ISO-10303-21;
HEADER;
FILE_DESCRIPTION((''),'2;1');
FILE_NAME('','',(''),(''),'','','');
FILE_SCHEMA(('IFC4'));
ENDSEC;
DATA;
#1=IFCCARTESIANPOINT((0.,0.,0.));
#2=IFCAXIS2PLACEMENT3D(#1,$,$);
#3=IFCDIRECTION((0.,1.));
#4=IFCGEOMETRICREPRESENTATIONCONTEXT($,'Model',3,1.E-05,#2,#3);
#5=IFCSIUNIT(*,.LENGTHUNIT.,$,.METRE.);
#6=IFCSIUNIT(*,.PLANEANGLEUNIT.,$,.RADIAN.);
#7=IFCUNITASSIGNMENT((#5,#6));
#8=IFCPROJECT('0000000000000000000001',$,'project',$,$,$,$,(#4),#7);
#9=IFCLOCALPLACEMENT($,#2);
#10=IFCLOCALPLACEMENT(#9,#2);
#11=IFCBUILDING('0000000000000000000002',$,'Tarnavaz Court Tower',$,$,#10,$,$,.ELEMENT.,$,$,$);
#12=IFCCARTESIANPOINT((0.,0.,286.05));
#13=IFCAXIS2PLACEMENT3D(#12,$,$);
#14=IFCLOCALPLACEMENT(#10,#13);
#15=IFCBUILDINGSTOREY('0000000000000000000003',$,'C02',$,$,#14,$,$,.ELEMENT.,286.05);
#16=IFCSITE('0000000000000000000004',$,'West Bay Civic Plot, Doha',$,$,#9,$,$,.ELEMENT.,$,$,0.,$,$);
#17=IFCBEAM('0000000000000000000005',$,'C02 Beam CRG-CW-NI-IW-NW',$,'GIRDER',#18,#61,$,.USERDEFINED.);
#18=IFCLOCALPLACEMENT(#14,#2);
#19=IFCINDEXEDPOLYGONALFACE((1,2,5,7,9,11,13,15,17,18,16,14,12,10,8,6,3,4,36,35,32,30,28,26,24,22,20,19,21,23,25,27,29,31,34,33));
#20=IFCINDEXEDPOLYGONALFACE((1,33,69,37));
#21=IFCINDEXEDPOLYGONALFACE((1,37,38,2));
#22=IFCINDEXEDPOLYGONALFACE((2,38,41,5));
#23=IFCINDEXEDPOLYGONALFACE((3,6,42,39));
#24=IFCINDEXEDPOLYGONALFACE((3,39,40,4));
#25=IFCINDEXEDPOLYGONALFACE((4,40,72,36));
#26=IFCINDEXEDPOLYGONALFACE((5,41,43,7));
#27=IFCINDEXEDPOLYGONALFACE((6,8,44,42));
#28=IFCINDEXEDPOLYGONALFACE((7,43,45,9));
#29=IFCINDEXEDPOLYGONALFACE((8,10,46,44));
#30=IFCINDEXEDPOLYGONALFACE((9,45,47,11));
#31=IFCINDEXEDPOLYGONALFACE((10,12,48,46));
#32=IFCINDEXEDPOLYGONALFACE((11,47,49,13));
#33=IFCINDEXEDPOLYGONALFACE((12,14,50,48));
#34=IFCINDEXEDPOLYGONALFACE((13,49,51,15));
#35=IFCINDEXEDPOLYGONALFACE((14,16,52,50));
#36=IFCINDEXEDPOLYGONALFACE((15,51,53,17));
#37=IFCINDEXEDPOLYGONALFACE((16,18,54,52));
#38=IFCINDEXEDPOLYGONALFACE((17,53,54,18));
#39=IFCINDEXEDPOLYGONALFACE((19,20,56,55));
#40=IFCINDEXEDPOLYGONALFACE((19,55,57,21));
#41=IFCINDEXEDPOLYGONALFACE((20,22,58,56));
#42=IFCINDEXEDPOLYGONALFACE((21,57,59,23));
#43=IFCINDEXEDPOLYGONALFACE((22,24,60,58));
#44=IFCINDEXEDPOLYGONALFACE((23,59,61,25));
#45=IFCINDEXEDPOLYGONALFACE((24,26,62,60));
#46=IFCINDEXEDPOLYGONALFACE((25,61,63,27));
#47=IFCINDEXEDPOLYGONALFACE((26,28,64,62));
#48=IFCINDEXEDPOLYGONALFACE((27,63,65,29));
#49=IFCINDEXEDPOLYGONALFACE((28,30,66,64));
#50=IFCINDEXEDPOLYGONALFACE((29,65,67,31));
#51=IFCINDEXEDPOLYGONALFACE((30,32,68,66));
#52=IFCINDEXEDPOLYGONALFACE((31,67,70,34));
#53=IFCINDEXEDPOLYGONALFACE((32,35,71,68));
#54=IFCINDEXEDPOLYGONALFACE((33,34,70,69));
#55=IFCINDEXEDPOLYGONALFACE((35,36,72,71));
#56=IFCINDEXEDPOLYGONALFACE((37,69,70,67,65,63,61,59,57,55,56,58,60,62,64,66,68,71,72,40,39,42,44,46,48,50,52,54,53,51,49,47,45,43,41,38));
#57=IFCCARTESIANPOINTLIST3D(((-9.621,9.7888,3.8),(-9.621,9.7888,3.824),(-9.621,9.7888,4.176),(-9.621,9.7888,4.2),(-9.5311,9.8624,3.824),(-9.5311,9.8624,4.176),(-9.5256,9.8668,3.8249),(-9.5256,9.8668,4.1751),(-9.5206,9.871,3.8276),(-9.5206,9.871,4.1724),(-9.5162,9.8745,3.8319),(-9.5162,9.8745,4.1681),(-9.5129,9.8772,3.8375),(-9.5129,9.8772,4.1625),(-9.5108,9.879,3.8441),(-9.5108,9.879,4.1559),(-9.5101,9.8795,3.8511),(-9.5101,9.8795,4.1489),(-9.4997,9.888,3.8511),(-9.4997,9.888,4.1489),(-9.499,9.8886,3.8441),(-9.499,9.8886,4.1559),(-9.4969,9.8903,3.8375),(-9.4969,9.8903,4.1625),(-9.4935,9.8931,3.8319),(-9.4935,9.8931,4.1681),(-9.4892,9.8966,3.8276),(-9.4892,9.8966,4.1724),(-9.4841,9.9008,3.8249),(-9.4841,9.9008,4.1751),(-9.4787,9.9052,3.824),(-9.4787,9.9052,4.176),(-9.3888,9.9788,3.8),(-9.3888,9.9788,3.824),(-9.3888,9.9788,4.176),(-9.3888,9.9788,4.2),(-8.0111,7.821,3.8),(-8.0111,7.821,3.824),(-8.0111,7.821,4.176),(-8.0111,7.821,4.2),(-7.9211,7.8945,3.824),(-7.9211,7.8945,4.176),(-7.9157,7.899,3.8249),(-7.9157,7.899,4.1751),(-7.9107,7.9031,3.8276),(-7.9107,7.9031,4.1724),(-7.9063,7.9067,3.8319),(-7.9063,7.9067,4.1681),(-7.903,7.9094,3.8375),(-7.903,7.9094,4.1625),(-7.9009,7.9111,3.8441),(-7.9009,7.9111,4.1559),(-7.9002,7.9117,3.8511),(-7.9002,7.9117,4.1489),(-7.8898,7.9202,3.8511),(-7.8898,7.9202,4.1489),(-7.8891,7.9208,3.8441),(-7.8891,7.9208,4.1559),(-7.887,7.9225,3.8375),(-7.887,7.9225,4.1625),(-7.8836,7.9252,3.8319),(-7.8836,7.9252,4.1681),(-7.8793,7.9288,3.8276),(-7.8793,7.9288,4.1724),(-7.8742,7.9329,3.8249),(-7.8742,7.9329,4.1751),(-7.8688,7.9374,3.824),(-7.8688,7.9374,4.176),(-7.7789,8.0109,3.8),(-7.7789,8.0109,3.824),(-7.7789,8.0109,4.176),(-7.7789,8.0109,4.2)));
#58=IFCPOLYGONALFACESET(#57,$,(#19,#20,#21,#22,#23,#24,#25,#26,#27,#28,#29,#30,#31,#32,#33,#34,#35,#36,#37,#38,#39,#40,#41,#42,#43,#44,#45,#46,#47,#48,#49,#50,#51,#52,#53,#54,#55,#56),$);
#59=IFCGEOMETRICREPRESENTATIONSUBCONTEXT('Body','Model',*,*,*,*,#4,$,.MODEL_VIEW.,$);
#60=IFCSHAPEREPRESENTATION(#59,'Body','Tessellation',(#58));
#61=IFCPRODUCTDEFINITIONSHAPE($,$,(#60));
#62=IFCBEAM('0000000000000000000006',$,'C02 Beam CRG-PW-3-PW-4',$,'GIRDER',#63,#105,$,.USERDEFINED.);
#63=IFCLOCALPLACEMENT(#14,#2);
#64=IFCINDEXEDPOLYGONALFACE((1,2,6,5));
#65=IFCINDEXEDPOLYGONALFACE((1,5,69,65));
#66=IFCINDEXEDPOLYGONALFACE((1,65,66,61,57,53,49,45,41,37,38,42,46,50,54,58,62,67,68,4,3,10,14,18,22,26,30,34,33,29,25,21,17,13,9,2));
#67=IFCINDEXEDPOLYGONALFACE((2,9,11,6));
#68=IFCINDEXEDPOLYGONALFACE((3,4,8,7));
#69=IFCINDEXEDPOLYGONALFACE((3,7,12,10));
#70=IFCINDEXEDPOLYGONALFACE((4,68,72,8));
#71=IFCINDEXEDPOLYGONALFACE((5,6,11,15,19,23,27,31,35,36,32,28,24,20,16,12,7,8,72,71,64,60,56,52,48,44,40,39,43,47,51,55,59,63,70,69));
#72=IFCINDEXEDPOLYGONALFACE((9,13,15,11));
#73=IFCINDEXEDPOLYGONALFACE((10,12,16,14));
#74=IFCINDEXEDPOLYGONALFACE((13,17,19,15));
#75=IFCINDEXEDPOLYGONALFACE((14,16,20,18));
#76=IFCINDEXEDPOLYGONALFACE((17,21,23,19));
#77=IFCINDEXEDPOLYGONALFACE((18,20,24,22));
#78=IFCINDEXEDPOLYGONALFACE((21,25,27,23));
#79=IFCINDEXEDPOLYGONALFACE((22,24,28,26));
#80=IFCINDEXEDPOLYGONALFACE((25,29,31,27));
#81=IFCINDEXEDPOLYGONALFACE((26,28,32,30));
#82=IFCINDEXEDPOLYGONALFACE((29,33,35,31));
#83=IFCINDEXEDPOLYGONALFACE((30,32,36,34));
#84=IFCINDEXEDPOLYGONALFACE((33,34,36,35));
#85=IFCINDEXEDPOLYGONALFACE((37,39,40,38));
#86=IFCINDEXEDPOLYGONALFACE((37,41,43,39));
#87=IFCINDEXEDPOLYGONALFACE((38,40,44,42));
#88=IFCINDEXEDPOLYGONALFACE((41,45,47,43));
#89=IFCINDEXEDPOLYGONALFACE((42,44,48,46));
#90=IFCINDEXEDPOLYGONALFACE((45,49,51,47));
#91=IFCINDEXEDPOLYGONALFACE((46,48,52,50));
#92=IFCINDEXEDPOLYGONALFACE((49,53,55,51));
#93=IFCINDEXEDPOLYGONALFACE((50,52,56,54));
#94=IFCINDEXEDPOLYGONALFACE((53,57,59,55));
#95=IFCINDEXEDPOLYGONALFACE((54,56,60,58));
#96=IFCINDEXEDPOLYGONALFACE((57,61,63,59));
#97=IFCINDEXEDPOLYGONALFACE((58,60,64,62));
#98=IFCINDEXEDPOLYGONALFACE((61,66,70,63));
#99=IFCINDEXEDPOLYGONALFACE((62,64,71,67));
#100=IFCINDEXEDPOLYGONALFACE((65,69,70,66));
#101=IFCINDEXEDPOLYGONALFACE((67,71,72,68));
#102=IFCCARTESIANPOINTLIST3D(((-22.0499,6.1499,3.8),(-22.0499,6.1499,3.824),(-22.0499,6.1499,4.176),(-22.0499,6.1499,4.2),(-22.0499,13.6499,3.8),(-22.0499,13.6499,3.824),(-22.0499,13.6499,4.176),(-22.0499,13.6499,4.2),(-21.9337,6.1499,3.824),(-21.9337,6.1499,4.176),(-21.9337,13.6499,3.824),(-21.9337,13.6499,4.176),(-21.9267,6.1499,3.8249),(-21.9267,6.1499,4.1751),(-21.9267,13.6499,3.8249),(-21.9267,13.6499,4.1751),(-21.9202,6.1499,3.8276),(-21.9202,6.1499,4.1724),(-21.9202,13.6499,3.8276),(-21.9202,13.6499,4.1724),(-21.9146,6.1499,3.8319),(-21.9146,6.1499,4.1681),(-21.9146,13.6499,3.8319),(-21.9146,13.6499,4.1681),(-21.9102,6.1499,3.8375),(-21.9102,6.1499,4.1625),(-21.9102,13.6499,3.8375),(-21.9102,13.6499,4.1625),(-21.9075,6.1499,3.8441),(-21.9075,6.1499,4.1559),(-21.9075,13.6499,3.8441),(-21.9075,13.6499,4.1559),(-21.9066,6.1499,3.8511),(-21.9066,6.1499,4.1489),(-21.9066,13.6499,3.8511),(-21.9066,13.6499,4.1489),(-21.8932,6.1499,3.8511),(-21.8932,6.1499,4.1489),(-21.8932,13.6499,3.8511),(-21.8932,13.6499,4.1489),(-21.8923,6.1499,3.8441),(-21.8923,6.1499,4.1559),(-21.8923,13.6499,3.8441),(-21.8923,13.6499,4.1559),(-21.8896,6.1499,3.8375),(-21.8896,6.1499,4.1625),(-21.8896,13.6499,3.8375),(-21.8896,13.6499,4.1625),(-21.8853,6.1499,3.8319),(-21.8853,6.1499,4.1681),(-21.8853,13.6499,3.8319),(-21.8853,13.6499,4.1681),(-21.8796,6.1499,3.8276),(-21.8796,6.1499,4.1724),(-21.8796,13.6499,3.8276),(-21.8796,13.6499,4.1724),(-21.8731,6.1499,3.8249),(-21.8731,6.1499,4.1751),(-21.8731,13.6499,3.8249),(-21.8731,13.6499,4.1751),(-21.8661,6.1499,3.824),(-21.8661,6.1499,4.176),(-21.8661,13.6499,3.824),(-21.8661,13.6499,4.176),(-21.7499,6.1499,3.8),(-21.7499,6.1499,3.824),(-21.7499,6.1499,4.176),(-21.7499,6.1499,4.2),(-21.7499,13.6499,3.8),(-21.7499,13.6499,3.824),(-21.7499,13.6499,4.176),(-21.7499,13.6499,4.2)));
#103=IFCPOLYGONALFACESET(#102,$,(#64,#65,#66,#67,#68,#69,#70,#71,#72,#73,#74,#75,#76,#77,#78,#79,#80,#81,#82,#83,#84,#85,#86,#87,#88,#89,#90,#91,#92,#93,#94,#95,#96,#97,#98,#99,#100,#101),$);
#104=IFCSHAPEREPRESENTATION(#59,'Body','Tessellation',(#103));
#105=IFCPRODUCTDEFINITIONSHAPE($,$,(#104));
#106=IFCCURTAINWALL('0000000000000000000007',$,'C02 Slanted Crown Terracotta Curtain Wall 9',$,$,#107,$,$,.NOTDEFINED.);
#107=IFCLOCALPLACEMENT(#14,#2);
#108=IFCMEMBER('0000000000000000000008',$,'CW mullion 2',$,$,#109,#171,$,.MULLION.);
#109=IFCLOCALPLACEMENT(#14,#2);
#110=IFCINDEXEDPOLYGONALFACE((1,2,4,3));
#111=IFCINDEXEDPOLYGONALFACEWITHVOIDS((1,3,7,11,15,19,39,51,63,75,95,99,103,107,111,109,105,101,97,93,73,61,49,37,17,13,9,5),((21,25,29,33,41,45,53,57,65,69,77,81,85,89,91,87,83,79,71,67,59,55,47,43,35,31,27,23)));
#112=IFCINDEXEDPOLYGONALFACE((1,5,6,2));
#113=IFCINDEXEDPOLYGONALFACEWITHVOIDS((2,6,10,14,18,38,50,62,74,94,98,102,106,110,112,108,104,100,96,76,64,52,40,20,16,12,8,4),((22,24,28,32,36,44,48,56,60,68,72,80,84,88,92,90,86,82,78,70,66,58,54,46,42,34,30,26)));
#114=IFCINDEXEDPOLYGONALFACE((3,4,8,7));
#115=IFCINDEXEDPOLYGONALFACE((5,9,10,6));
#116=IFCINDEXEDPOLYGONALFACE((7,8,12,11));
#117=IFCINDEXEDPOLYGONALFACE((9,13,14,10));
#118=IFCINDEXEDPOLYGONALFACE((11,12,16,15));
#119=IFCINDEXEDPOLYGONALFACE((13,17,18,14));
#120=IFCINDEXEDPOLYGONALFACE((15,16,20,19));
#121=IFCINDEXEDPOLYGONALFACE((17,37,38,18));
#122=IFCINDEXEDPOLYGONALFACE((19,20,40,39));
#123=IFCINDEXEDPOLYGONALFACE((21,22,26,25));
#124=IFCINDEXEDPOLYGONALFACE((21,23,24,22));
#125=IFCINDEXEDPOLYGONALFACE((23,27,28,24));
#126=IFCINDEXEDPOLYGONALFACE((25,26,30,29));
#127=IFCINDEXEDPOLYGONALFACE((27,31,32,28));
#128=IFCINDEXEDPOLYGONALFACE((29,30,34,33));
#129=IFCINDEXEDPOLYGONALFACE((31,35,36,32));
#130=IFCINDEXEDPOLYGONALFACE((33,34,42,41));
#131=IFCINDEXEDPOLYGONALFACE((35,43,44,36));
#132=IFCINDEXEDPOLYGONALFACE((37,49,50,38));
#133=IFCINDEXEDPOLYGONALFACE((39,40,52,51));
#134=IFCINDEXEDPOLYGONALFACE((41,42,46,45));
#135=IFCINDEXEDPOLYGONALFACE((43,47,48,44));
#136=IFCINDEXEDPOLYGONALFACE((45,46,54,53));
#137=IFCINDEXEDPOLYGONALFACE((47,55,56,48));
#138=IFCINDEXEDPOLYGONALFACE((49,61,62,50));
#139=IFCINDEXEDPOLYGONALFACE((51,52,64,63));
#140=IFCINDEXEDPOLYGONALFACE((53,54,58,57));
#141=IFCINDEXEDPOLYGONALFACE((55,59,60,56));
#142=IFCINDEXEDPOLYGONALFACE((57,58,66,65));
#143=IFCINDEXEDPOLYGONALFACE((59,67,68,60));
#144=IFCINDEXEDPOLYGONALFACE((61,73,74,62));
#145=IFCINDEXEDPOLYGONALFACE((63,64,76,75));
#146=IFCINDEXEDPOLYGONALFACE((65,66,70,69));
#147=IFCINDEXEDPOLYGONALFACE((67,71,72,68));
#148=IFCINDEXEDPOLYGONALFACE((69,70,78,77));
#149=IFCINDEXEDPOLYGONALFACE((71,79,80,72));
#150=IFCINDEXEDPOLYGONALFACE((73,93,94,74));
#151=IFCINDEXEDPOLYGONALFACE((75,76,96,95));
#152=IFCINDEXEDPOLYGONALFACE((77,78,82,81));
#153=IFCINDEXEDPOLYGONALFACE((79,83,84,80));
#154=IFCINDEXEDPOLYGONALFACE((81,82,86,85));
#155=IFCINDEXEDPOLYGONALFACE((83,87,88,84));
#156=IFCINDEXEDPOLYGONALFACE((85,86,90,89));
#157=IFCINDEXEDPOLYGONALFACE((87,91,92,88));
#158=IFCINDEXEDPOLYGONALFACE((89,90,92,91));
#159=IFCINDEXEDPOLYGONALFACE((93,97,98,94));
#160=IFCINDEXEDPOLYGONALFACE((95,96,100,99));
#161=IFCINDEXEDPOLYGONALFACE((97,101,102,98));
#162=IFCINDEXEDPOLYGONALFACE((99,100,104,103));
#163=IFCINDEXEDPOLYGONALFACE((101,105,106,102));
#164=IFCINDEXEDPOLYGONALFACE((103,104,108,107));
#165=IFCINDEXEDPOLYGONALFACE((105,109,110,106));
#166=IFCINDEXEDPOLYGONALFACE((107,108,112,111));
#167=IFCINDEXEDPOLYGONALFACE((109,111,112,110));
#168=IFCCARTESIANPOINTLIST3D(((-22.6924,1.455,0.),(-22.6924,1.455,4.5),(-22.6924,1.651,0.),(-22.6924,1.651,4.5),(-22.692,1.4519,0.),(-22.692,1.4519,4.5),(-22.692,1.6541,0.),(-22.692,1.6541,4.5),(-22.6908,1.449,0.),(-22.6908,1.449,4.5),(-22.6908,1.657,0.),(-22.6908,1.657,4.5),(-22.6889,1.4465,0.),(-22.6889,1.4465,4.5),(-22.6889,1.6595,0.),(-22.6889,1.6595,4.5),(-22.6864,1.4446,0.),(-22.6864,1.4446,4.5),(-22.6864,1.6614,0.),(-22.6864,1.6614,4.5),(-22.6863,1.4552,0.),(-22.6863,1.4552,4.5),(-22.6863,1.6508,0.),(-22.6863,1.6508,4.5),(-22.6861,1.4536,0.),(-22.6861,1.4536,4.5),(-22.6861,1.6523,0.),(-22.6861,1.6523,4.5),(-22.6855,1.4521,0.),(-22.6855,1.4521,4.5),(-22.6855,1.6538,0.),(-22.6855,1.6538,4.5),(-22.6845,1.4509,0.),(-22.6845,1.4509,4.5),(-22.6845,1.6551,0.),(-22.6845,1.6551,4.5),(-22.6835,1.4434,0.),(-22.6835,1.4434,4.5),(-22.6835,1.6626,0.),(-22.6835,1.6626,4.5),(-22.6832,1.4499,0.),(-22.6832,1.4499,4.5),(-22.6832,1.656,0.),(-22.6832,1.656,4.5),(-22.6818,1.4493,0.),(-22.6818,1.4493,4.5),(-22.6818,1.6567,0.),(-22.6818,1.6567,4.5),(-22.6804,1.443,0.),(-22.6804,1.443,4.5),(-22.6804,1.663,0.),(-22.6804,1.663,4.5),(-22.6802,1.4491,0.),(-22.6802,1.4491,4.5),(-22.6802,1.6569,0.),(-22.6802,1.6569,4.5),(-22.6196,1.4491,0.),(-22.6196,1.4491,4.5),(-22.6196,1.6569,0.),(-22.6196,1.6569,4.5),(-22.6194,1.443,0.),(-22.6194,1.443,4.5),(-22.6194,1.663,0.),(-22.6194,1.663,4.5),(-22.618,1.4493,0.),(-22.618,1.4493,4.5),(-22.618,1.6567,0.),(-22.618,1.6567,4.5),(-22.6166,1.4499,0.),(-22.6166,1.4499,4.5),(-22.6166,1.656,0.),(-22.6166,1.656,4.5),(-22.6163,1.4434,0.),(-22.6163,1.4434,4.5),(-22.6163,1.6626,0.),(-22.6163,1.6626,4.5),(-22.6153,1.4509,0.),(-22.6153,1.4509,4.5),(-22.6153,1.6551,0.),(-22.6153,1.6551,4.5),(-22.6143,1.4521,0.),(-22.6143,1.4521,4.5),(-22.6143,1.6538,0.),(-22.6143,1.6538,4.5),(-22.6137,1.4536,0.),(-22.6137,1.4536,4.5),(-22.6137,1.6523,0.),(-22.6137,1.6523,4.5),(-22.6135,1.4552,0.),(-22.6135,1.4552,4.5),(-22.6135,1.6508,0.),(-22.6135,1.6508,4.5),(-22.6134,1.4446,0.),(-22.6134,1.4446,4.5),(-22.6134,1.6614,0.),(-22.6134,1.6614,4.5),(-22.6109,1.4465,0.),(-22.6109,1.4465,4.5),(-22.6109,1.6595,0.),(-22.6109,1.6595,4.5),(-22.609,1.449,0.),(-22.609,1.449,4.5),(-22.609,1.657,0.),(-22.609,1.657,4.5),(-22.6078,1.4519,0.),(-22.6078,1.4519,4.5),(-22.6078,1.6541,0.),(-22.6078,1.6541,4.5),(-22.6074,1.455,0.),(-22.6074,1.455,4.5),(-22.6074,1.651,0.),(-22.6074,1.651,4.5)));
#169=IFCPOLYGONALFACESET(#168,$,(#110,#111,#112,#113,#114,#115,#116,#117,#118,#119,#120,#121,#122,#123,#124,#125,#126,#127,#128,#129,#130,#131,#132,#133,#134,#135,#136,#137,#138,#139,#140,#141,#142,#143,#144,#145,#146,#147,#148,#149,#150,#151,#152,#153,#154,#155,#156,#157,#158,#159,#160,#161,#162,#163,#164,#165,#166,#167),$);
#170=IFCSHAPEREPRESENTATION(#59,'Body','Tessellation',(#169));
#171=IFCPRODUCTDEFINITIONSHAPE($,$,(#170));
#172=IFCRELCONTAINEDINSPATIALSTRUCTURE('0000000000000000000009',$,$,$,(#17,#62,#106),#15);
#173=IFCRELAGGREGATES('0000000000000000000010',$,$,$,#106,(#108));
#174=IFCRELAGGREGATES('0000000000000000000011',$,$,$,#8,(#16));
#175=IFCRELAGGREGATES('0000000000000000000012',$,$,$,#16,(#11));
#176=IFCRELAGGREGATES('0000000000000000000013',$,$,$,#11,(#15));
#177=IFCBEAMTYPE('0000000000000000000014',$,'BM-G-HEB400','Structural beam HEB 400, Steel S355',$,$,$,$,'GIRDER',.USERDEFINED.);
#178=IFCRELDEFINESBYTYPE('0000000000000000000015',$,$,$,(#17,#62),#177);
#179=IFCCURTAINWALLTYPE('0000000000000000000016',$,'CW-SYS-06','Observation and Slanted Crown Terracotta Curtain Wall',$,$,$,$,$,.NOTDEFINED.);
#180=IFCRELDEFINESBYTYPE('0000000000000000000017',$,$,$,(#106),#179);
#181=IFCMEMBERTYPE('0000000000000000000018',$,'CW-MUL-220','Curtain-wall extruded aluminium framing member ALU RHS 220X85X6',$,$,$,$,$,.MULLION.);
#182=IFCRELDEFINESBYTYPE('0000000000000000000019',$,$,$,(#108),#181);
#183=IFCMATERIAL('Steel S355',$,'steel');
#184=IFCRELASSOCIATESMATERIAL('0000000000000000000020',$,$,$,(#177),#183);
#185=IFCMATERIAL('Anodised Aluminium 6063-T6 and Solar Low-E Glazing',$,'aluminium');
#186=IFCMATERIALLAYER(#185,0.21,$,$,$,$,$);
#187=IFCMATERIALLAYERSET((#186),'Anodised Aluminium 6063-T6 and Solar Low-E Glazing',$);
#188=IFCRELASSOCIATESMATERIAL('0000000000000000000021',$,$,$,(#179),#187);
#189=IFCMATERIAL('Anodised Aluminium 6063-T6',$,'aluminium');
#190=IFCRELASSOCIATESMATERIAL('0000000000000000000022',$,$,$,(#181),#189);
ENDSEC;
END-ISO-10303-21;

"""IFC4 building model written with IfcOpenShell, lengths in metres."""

from ifc_helpers import new_model, si_unit, direction, frame, origin, origin_2d, place, context, subcontext, project, spatial, hollow_rectangle, i_section, extrude, material, layer, layer_set, material_profile, profile_set, type_object, element, aggregate, save


model = new_model("IFC4")

# Units and contexts
model_context = context("Model", 3, precision=1e-05, world=origin(), true_north=direction((0.0, 1.0)))
body_context = subcontext(model_context, "Body", "Model", "MODEL_VIEW")
ifc_project = project(units=[si_unit("LENGTHUNIT", "METRE"), si_unit("PLANEANGLEUNIT", "RADIAN")], contexts=[model_context])

# Site, building, storey
site_placement = place(None, origin())
site = spatial("IfcSite", under=ifc_project, at=site_placement, Name="West Bay Civic Plot, Doha", CompositionType="ELEMENT", RefElevation=0.0)
building_placement = place(site_placement, origin())
building = spatial("IfcBuilding", under=site, at=building_placement, Name="Tarnavaz Court Tower", CompositionType="ELEMENT")
storey_placement = place(building_placement, frame((0.0, 0.0, 286.05)))
storey = spatial("IfcBuildingStorey", under=building, at=storey_placement, Name="C02", CompositionType="ELEMENT", Elevation=286.05)

# Shared definitions
ifc_material_1 = material(Name="Steel S355", Category="steel")

# Beams
ifc_material_profile_1 = material_profile(ifc_material_1, i_section(OverallWidth=0.3, OverallDepth=0.3999, WebThickness=0.0134, FlangeThickness=0.0239, FilletRadius=0.0271, at=origin_2d()), Name="HEB 400")
ifc_profile_set_1 = profile_set([ifc_material_profile_1], Name="Steel S355")
beam_type = type_object("IfcBeamType", Name="BM-G-HEB400", Description="Structural beam HEB 400, Steel S355", ElementType="GIRDER", PredefinedType="USERDEFINED", material=ifc_profile_set_1)
beam_1_placement = place(storey_placement, frame((-9.5049, 9.8838, 4.0), z_axis=(0.633206, -0.773983, 0.0), x_axis=(0.773983, 0.633206, 0.0)))
element("IfcBeam", 1, at=beam_1_placement, inside=storey, type_object=beam_type, Name="C02 Beam CRG-CW-NI-IW-NW", ObjectType="GIRDER", PredefinedType="USERDEFINED", context=body_context, shape_type="SweptSolid", body=[
    extrude(i_section(OverallWidth=0.3, OverallDepth=0.3999, WebThickness=0.0134, FlangeThickness=0.0239, FilletRadius=0.0271, at=origin_2d()), origin(), (0.0, 0.0, 1.0), 2.5425),
])
beam_2_placement = place(storey_placement, frame((-21.8999, 6.1499, 4.0), z_axis=(0.0, 1.0, 0.0), x_axis=(-1.0, 0.0, 0.0)))
element("IfcBeam", 2, at=beam_2_placement, inside=storey, type_object=beam_type, Name="C02 Beam CRG-PW-3-PW-4", ObjectType="GIRDER", PredefinedType="USERDEFINED", context=body_context, shape_type="SweptSolid", body=[
    extrude(i_section(OverallWidth=0.3, OverallDepth=0.3999, WebThickness=0.0134, FlangeThickness=0.0239, FilletRadius=0.0271, at=origin_2d()), origin(), (0.0, 0.0, 1.0), 7.5),
])

# Curtain wall, member
ifc_material_2 = material(Name="Anodised Aluminium 6063-T6 and Solar Low-E Glazing", Category="aluminium")
ifc_layer_1 = layer(ifc_material_2, 0.21)
ifc_layer_set_1 = layer_set([ifc_layer_1], Name="Anodised Aluminium 6063-T6 and Solar Low-E Glazing")
curtain_wall_type = type_object("IfcCurtainWallType", Name="CW-SYS-06", Description="Observation and Slanted Crown Terracotta Curtain Wall", PredefinedType="NOTDEFINED", material=ifc_layer_set_1)
curtain_wall_1_placement = place(storey_placement, origin())
curtain_wall_1 = element("IfcCurtainWall", 3, at=curtain_wall_1_placement, inside=storey, type_object=curtain_wall_type, Name="C02 Slanted Crown Terracotta Curtain Wall 9", PredefinedType="NOTDEFINED")
ifc_material_3 = material(Name="Anodised Aluminium 6063-T6", Category="aluminium")
ifc_material_profile_2 = material_profile(ifc_material_3, hollow_rectangle(XDim=0.085, YDim=0.22, WallThickness=0.0061, InnerFilletRadius=0.0061, OuterFilletRadius=0.012, at=origin_2d()), Name="ALU RHS 220X85X6")
ifc_profile_set_2 = profile_set([ifc_material_profile_2], Name="Anodised Aluminium 6063-T6")
member_type_1 = type_object("IfcMemberType", Name="CW-MUL-220", Description="Curtain-wall extruded aluminium framing member ALU RHS 220X85X6", PredefinedType="MULLION", material=ifc_profile_set_2)
member_1_placement = place(storey_placement, frame((-22.6499, 1.553, 0.0), z_axis=(0.0, 0.0, 1.0), x_axis=(-1.0, 0.0, 0.0)))
member_1 = element("IfcMember", 4, at=member_1_placement, type_object=member_type_1, Name="CW mullion 2", PredefinedType="MULLION", context=body_context, shape_type="SweptSolid", body=[
    extrude(hollow_rectangle(XDim=0.085, YDim=0.22, WallThickness=0.0061, InnerFilletRadius=0.0061, OuterFilletRadius=0.012, at=origin_2d()), origin(), (0.0, 0.0, 1.0), 4.5),
])

aggregate(curtain_wall_1, [member_1])

save(model, "model.ifc")
